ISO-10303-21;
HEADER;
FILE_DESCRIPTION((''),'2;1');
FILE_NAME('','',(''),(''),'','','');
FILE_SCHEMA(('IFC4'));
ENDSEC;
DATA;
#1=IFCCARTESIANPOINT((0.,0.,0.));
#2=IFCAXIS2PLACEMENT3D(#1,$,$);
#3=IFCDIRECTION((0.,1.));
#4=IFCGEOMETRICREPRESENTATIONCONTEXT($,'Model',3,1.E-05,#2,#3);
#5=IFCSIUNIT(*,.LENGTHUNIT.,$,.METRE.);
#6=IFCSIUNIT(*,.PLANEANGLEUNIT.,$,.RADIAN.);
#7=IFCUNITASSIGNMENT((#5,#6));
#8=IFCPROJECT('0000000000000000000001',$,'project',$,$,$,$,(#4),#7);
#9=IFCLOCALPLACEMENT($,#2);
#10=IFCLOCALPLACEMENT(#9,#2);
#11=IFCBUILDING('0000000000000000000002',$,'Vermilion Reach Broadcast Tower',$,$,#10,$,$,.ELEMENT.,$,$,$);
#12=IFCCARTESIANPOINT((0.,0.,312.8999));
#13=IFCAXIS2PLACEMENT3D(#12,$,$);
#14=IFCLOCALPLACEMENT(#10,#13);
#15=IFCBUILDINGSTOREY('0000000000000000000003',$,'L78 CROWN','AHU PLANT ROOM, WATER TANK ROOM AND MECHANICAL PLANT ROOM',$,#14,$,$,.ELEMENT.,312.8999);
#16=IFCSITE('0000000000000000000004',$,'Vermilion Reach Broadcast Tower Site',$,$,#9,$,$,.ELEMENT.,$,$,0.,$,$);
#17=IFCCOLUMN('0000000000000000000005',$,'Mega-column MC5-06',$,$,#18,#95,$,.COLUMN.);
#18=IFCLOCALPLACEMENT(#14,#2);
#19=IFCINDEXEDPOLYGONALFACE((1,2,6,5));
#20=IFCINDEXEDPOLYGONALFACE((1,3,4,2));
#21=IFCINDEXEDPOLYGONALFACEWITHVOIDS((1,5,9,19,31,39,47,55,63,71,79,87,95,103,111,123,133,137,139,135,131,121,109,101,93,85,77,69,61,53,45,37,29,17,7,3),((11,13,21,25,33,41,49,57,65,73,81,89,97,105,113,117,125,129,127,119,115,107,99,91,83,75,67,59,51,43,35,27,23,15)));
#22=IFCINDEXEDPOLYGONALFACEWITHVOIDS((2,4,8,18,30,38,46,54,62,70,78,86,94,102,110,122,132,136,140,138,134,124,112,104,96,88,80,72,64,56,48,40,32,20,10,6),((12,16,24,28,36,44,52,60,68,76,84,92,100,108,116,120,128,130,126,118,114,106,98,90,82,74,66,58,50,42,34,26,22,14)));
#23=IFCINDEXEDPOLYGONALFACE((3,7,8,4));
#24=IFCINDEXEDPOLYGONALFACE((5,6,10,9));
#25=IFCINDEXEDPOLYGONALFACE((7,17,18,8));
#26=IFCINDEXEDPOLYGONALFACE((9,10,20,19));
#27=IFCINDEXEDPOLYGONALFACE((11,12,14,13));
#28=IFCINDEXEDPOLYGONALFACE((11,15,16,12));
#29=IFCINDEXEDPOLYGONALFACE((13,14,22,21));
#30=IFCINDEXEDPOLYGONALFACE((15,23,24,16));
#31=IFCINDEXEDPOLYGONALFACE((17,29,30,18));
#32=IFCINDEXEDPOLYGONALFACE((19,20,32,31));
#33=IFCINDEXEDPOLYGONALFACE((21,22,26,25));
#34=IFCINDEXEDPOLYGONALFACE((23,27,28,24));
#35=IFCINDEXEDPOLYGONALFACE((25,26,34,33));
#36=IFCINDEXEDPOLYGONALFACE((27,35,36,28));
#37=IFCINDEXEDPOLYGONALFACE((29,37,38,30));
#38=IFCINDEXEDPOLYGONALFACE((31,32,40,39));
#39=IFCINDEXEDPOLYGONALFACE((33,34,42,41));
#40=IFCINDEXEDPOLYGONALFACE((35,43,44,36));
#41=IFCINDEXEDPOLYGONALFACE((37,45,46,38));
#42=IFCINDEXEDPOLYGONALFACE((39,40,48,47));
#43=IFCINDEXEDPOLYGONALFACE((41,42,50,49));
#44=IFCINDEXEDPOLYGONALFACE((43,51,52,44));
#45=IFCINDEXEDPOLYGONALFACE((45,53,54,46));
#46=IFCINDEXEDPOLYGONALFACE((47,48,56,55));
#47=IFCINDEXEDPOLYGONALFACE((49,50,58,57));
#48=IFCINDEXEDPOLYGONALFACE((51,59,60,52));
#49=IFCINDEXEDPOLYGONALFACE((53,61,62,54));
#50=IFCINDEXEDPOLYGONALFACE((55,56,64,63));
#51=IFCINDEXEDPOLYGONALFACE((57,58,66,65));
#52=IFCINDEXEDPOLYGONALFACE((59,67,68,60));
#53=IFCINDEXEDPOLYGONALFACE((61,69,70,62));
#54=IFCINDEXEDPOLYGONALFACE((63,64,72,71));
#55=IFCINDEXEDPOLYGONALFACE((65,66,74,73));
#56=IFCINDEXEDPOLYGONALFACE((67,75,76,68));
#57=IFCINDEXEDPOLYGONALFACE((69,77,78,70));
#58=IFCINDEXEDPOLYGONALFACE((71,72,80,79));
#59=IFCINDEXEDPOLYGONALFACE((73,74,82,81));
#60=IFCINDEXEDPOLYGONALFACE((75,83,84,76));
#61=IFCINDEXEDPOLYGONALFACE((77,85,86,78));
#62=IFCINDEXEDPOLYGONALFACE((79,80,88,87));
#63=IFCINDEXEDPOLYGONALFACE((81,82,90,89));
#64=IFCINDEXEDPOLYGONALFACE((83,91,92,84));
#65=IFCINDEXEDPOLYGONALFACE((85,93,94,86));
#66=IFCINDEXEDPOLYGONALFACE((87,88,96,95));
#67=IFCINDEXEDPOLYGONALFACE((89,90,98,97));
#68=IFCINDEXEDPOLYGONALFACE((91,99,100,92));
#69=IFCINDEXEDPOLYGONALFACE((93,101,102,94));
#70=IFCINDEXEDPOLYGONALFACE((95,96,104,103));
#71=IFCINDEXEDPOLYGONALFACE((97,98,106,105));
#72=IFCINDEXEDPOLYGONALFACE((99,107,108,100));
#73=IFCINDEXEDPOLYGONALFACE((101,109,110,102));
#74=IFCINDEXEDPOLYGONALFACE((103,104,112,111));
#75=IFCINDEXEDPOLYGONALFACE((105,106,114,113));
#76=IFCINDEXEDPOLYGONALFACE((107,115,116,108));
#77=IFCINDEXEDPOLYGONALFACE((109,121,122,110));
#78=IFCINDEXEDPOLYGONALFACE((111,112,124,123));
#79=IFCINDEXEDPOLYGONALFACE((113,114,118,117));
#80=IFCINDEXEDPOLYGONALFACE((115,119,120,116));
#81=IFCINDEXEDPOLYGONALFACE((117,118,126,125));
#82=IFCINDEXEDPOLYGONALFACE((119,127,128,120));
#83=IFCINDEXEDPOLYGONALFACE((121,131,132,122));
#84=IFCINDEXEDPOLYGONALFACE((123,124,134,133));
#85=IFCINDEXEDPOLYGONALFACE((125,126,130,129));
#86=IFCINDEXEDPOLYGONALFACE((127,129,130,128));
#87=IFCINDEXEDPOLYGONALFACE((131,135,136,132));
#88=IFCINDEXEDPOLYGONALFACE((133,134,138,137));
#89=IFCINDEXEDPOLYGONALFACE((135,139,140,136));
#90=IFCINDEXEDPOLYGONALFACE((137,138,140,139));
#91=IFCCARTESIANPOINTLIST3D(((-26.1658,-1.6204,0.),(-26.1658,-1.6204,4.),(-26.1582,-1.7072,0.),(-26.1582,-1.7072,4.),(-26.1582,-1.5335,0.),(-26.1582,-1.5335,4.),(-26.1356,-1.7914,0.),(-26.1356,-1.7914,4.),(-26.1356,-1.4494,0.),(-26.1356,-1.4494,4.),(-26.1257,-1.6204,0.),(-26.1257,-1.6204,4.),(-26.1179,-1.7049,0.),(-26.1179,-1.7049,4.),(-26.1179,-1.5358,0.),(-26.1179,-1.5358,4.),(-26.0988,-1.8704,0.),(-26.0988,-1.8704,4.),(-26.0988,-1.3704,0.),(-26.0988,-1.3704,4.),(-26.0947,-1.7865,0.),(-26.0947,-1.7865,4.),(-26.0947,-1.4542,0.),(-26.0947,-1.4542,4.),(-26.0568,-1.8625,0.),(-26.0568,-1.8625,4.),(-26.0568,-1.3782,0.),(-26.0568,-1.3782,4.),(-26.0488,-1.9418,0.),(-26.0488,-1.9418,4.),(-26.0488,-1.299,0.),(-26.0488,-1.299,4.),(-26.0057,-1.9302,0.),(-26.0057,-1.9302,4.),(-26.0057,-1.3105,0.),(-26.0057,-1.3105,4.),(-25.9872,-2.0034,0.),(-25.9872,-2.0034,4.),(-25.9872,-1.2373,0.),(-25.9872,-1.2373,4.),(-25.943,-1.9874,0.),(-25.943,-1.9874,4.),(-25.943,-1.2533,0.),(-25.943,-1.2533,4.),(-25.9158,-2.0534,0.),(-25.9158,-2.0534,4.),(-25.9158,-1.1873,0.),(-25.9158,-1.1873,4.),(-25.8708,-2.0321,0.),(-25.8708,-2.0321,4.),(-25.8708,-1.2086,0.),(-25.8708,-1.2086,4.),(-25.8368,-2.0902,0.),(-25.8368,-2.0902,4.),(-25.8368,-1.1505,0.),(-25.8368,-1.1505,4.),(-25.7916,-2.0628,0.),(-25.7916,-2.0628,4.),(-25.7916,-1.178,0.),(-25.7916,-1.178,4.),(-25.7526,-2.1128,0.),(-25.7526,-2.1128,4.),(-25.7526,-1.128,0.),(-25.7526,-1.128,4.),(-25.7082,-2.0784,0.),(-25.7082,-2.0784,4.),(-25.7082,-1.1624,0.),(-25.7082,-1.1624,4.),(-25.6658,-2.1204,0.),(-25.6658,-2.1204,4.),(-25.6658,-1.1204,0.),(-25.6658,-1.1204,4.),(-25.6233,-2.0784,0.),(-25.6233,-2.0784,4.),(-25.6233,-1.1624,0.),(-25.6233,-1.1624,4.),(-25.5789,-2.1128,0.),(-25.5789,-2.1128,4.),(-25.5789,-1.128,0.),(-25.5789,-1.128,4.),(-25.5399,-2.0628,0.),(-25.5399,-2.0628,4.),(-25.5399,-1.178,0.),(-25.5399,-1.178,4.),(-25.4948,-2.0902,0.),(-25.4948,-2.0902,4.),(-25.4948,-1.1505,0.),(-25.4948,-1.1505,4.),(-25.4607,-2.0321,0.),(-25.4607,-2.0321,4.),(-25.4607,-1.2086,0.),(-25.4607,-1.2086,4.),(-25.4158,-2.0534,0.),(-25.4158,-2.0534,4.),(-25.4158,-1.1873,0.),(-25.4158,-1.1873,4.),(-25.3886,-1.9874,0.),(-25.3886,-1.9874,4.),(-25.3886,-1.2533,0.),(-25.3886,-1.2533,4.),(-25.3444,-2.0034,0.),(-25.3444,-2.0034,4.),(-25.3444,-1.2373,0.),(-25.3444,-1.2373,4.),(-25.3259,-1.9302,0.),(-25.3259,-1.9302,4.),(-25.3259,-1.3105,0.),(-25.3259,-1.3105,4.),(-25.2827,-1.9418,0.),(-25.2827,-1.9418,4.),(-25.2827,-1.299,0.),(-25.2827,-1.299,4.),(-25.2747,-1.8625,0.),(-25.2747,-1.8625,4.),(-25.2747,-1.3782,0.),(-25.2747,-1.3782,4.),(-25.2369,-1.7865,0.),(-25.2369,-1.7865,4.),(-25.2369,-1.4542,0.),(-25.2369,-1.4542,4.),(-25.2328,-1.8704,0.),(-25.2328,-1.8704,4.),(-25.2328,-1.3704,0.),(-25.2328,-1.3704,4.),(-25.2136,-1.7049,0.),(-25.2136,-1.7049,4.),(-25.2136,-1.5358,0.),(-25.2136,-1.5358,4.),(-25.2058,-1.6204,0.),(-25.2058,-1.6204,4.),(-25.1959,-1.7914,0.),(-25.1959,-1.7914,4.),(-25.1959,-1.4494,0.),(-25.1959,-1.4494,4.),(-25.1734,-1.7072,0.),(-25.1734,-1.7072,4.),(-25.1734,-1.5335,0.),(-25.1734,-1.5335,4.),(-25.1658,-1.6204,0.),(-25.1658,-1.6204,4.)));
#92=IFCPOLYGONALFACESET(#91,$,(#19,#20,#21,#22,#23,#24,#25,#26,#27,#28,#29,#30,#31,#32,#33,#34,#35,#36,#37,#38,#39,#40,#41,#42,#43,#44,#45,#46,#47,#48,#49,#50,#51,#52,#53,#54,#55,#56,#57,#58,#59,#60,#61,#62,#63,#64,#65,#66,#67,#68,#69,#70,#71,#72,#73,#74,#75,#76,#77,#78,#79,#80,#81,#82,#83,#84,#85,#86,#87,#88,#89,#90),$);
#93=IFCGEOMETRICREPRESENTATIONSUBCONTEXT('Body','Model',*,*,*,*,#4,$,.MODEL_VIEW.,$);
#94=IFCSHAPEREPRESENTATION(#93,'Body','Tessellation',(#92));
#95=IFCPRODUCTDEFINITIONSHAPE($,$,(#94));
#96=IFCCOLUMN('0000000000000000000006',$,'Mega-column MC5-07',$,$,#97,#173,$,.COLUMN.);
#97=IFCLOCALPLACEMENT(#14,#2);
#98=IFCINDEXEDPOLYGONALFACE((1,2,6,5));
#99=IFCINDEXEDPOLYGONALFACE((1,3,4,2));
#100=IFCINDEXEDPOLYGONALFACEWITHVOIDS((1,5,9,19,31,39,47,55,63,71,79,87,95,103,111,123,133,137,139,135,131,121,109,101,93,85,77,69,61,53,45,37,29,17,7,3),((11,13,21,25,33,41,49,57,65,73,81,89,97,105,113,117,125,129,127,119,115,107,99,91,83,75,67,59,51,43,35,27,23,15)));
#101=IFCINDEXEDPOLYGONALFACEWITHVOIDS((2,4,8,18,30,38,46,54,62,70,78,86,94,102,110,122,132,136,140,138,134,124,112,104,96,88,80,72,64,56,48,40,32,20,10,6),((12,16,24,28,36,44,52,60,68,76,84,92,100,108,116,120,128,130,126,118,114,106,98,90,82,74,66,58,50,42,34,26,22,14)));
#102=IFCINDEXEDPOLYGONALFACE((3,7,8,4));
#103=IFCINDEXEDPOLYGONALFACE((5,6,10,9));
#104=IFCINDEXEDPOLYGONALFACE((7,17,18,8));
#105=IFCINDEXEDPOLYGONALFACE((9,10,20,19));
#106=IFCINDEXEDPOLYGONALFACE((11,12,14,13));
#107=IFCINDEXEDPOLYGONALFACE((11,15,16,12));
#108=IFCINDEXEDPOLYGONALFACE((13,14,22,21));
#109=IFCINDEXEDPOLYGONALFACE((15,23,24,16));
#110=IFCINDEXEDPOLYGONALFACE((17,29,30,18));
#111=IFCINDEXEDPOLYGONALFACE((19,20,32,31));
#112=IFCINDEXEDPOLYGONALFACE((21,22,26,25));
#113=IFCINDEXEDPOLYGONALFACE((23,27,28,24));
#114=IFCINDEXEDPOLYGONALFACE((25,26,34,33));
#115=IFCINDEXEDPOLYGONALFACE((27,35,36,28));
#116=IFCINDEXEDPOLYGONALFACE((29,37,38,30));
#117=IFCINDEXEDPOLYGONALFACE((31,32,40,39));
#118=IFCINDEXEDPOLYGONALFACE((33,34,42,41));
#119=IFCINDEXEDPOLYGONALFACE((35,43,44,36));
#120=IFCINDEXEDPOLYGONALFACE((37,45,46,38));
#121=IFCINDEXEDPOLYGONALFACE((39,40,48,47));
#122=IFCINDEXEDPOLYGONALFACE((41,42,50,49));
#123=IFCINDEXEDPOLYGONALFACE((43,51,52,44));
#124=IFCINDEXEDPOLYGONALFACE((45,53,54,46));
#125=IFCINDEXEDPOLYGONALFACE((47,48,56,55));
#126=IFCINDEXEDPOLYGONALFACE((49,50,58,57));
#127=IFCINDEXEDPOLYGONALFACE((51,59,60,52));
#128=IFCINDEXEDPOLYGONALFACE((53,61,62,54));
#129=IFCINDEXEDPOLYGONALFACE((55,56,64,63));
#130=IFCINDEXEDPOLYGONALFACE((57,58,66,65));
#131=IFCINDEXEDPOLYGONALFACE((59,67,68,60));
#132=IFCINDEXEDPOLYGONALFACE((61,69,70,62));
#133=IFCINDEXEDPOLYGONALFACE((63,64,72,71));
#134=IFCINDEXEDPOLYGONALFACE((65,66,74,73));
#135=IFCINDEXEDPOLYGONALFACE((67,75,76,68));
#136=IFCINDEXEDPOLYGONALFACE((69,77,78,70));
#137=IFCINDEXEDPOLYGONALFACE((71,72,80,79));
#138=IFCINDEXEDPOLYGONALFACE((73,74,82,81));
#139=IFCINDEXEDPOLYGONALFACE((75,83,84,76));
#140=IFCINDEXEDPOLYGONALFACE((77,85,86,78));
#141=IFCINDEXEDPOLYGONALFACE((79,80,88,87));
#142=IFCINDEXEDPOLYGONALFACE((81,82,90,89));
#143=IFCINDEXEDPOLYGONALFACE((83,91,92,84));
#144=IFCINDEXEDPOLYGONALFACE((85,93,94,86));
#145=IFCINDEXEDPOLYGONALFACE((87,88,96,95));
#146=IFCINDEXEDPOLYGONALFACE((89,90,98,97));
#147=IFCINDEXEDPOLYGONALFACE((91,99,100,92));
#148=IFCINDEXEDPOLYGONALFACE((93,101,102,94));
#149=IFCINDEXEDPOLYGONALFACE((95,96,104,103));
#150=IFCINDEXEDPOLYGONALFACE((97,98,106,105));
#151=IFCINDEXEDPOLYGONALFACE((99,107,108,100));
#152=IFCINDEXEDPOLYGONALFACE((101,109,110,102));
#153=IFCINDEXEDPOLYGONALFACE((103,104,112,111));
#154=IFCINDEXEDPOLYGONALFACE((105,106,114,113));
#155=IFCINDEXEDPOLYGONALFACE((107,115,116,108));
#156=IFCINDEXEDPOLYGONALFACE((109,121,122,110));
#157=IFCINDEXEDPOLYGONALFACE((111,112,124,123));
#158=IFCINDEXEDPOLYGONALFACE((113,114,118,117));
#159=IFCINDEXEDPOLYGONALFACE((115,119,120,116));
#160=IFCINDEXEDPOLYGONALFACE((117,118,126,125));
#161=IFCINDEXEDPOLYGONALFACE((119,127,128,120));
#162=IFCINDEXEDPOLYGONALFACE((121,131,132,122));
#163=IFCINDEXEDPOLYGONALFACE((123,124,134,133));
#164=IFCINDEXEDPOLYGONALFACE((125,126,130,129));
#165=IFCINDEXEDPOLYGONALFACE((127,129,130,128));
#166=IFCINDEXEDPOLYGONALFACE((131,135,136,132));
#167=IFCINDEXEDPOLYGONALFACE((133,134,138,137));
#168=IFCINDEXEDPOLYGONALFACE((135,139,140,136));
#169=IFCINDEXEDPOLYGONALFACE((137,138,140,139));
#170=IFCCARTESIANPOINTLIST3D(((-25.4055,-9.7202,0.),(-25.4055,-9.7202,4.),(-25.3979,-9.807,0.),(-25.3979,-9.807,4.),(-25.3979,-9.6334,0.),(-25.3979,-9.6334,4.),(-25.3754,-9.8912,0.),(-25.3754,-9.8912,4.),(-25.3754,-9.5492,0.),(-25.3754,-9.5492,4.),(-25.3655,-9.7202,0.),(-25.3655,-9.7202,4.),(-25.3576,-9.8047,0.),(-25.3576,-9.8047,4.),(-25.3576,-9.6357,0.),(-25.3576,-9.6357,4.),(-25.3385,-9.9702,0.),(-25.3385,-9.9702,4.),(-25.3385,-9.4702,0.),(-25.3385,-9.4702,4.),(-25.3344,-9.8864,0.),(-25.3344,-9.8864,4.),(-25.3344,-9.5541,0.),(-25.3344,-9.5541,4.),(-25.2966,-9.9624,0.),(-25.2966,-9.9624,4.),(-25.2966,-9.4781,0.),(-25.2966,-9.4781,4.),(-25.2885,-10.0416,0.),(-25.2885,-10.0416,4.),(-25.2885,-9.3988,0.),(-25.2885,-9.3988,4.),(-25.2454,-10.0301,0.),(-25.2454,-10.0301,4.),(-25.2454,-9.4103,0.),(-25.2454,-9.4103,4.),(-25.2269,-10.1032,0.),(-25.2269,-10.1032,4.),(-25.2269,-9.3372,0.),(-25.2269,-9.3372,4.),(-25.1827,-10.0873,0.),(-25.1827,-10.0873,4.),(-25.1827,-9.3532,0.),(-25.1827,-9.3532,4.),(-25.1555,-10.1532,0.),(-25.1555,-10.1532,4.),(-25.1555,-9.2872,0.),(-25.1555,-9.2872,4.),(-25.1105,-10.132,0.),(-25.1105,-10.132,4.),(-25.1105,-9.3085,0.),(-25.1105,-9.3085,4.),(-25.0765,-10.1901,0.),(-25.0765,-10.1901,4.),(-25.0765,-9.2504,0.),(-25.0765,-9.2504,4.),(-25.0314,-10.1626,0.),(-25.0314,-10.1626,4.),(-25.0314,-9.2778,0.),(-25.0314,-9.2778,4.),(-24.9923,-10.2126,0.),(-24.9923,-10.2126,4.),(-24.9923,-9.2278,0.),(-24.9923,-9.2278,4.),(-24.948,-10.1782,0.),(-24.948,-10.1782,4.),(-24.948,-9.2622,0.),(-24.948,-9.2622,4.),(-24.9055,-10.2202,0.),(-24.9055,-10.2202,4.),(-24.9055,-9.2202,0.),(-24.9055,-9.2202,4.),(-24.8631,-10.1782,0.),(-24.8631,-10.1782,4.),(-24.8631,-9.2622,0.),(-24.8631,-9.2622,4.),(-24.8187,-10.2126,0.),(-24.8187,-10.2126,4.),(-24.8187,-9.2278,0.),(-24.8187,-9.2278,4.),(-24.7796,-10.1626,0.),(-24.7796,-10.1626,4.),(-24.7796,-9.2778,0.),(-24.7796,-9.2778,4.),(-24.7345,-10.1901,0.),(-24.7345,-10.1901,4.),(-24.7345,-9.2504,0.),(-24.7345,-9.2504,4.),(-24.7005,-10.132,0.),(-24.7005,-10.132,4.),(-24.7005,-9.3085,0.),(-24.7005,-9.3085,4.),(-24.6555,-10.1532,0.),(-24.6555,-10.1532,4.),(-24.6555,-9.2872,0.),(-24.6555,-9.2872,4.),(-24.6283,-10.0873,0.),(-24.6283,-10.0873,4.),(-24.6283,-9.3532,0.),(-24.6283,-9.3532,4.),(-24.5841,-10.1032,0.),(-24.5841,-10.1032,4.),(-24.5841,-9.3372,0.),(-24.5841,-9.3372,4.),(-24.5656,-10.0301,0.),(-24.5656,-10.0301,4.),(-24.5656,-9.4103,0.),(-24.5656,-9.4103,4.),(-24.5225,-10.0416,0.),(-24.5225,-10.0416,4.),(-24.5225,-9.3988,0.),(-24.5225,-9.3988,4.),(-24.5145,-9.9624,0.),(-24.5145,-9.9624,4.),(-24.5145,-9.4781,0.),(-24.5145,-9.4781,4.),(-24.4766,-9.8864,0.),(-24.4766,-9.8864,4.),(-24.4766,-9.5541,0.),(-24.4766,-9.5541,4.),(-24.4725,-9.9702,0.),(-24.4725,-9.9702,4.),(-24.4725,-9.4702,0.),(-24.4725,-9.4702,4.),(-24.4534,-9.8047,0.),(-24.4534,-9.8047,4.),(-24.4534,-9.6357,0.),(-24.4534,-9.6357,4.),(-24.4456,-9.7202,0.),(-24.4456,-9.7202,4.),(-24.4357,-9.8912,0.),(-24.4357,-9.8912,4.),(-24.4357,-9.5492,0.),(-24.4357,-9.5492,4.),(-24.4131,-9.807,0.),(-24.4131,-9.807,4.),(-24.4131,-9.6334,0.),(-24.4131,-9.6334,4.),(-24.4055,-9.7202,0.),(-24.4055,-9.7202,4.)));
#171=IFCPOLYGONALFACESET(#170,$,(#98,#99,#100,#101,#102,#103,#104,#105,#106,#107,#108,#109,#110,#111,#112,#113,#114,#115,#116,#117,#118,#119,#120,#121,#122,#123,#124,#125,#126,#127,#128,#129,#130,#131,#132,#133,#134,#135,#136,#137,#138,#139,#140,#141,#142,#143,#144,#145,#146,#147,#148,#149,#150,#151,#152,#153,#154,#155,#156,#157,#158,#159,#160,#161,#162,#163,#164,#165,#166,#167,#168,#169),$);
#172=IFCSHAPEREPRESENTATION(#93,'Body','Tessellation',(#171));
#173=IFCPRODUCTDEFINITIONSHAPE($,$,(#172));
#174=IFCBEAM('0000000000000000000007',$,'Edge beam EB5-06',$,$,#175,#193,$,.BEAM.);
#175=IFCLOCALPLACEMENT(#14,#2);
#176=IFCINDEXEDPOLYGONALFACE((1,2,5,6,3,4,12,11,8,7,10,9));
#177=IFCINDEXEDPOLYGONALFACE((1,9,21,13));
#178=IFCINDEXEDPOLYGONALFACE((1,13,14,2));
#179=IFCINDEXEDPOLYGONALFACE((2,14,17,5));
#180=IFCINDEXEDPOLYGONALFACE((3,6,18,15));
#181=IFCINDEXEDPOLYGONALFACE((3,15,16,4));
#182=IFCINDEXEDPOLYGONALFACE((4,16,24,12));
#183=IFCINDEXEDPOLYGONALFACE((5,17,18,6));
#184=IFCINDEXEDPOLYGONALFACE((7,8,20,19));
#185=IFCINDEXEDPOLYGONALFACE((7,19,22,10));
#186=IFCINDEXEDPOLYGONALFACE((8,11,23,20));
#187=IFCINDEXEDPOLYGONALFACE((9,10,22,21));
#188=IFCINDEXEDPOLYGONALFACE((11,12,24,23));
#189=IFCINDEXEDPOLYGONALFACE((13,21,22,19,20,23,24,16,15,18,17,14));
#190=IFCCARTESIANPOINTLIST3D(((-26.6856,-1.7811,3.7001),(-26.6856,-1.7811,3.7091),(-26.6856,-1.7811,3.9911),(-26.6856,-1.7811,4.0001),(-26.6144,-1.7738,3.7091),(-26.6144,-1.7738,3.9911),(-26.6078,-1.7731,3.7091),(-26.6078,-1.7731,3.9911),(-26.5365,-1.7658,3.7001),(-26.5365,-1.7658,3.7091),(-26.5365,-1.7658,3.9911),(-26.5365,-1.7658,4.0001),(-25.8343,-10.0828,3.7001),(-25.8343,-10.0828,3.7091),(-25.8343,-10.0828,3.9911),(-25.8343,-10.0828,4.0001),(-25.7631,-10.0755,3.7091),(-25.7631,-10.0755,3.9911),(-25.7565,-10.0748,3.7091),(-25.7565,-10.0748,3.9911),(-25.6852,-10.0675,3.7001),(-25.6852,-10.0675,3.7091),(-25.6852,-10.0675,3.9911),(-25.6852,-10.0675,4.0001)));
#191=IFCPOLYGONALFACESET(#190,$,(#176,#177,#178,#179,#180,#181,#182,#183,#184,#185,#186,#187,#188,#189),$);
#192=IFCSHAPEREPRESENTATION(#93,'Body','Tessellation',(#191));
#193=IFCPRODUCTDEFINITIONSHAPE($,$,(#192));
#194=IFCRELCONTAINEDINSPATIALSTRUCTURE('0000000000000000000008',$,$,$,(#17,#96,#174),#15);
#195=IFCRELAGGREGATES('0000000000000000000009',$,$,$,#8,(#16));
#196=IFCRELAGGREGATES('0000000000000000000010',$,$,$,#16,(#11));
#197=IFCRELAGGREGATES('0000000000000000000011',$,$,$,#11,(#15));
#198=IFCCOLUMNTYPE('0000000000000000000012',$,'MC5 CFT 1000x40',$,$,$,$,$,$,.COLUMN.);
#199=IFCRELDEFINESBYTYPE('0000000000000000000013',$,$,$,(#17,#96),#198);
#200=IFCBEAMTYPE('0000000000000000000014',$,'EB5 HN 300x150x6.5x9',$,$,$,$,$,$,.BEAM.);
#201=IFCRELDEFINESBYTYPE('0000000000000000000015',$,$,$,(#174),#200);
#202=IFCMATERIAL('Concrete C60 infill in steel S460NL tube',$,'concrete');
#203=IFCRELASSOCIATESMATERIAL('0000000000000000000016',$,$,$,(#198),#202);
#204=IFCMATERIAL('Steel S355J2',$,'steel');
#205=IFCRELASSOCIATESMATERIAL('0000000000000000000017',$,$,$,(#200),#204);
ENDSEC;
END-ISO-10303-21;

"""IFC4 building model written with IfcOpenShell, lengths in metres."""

from ifc_helpers import new_model, si_unit, direction, frame, origin, origin_2d, place, context, subcontext, project, spatial, hollow_circle, i_section, extrude, material, material_profile, profile_set, type_object, element, save


model = new_model("IFC4")

# Units and contexts
model_context = context("Model", 3, precision=1e-05, world=origin(), true_north=direction((0.0, 1.0)))
body_context = subcontext(model_context, "Body", "Model", "MODEL_VIEW")
ifc_project = project(units=[si_unit("LENGTHUNIT", "METRE"), si_unit("PLANEANGLEUNIT", "RADIAN")], contexts=[model_context])

# Site, building, storey
site_placement = place(None, origin())
site = spatial("IfcSite", under=ifc_project, at=site_placement, Name="Vermilion Reach Broadcast Tower Site", CompositionType="ELEMENT", RefElevation=0.0)
building_placement = place(site_placement, origin())
building = spatial("IfcBuilding", under=site, at=building_placement, Name="Vermilion Reach Broadcast Tower", CompositionType="ELEMENT")
storey_placement = place(building_placement, frame((0.0, 0.0, 312.8999)))
storey = spatial("IfcBuildingStorey", under=building, at=storey_placement, Name="L78 CROWN", Description="AHU PLANT ROOM, WATER TANK ROOM AND MECHANICAL PLANT ROOM", CompositionType="ELEMENT", Elevation=312.8999)

# Columns
ifc_material_1 = material(Name="Concrete C60 infill in steel S460NL tube", Category="concrete")
ifc_material_profile_1 = material_profile(ifc_material_1, hollow_circle(Radius=0.5, WallThickness=0.04, at=origin_2d()), Name="Concrete C60 infill in steel S460NL tube CFT 1000x40")
ifc_profile_set_1 = profile_set([ifc_material_profile_1], Name="Concrete C60 infill in steel S460NL tube")
column_type = type_object("IfcColumnType", Name="MC5 CFT 1000x40", PredefinedType="COLUMN", material=ifc_profile_set_1)
for number, where, z_axis, x_axis, name in (
    (1, (-25.6658, -1.6204, 0.0), (0.0, 0.0, 1.0), (1.0, 0.0, 0.0), "Mega-column MC5-06"),
    (2, (-24.9055, -9.7202, 0.0), (0.0, 0.0, 1.0), (1.0, 0.0, 0.0), "Mega-column MC5-07"),
):
    element("IfcColumn", number, at=place(storey_placement, frame(where, z_axis=z_axis, x_axis=x_axis)), inside=storey, type_object=column_type, Name=name, PredefinedType="COLUMN", context=body_context, shape_type="SweptSolid", body=[
        extrude(hollow_circle(Radius=0.5, WallThickness=0.04, at=origin_2d()), origin(), (0.0, 0.0, 1.0), 4.0),
    ])

# Beam
ifc_material_2 = material(Name="Steel S355J2", Category="steel")
ifc_material_profile_2 = material_profile(ifc_material_2, i_section(OverallWidth=0.1499, OverallDepth=0.3, WebThickness=0.0066, FlangeThickness=0.009, at=origin_2d()), Name="S355J2 HN 300x150x6.5x9")
ifc_profile_set_2 = profile_set([ifc_material_profile_2], Name="Steel S355J2")
beam_type_1 = type_object("IfcBeamType", Name="EB5 HN 300x150x6.5x9", PredefinedType="BEAM", material=ifc_profile_set_2)
beam_1_placement = place(storey_placement, frame((-26.6111, -1.7734, 3.8501), z_axis=(0.102012, -0.994783, 0.0), x_axis=(0.994783, 0.102012, 0.0)))
element("IfcBeam", 3, at=beam_1_placement, inside=storey, type_object=beam_type_1, Name="Edge beam EB5-06", PredefinedType="BEAM", context=body_context, shape_type="SweptSolid", body=[
    extrude(i_section(OverallWidth=0.1499, OverallDepth=0.3, WebThickness=0.0066, FlangeThickness=0.009, at=origin_2d()), origin(), (0.0, 0.0, 1.0), 8.3452),
])

save(model, "model.ifc")
